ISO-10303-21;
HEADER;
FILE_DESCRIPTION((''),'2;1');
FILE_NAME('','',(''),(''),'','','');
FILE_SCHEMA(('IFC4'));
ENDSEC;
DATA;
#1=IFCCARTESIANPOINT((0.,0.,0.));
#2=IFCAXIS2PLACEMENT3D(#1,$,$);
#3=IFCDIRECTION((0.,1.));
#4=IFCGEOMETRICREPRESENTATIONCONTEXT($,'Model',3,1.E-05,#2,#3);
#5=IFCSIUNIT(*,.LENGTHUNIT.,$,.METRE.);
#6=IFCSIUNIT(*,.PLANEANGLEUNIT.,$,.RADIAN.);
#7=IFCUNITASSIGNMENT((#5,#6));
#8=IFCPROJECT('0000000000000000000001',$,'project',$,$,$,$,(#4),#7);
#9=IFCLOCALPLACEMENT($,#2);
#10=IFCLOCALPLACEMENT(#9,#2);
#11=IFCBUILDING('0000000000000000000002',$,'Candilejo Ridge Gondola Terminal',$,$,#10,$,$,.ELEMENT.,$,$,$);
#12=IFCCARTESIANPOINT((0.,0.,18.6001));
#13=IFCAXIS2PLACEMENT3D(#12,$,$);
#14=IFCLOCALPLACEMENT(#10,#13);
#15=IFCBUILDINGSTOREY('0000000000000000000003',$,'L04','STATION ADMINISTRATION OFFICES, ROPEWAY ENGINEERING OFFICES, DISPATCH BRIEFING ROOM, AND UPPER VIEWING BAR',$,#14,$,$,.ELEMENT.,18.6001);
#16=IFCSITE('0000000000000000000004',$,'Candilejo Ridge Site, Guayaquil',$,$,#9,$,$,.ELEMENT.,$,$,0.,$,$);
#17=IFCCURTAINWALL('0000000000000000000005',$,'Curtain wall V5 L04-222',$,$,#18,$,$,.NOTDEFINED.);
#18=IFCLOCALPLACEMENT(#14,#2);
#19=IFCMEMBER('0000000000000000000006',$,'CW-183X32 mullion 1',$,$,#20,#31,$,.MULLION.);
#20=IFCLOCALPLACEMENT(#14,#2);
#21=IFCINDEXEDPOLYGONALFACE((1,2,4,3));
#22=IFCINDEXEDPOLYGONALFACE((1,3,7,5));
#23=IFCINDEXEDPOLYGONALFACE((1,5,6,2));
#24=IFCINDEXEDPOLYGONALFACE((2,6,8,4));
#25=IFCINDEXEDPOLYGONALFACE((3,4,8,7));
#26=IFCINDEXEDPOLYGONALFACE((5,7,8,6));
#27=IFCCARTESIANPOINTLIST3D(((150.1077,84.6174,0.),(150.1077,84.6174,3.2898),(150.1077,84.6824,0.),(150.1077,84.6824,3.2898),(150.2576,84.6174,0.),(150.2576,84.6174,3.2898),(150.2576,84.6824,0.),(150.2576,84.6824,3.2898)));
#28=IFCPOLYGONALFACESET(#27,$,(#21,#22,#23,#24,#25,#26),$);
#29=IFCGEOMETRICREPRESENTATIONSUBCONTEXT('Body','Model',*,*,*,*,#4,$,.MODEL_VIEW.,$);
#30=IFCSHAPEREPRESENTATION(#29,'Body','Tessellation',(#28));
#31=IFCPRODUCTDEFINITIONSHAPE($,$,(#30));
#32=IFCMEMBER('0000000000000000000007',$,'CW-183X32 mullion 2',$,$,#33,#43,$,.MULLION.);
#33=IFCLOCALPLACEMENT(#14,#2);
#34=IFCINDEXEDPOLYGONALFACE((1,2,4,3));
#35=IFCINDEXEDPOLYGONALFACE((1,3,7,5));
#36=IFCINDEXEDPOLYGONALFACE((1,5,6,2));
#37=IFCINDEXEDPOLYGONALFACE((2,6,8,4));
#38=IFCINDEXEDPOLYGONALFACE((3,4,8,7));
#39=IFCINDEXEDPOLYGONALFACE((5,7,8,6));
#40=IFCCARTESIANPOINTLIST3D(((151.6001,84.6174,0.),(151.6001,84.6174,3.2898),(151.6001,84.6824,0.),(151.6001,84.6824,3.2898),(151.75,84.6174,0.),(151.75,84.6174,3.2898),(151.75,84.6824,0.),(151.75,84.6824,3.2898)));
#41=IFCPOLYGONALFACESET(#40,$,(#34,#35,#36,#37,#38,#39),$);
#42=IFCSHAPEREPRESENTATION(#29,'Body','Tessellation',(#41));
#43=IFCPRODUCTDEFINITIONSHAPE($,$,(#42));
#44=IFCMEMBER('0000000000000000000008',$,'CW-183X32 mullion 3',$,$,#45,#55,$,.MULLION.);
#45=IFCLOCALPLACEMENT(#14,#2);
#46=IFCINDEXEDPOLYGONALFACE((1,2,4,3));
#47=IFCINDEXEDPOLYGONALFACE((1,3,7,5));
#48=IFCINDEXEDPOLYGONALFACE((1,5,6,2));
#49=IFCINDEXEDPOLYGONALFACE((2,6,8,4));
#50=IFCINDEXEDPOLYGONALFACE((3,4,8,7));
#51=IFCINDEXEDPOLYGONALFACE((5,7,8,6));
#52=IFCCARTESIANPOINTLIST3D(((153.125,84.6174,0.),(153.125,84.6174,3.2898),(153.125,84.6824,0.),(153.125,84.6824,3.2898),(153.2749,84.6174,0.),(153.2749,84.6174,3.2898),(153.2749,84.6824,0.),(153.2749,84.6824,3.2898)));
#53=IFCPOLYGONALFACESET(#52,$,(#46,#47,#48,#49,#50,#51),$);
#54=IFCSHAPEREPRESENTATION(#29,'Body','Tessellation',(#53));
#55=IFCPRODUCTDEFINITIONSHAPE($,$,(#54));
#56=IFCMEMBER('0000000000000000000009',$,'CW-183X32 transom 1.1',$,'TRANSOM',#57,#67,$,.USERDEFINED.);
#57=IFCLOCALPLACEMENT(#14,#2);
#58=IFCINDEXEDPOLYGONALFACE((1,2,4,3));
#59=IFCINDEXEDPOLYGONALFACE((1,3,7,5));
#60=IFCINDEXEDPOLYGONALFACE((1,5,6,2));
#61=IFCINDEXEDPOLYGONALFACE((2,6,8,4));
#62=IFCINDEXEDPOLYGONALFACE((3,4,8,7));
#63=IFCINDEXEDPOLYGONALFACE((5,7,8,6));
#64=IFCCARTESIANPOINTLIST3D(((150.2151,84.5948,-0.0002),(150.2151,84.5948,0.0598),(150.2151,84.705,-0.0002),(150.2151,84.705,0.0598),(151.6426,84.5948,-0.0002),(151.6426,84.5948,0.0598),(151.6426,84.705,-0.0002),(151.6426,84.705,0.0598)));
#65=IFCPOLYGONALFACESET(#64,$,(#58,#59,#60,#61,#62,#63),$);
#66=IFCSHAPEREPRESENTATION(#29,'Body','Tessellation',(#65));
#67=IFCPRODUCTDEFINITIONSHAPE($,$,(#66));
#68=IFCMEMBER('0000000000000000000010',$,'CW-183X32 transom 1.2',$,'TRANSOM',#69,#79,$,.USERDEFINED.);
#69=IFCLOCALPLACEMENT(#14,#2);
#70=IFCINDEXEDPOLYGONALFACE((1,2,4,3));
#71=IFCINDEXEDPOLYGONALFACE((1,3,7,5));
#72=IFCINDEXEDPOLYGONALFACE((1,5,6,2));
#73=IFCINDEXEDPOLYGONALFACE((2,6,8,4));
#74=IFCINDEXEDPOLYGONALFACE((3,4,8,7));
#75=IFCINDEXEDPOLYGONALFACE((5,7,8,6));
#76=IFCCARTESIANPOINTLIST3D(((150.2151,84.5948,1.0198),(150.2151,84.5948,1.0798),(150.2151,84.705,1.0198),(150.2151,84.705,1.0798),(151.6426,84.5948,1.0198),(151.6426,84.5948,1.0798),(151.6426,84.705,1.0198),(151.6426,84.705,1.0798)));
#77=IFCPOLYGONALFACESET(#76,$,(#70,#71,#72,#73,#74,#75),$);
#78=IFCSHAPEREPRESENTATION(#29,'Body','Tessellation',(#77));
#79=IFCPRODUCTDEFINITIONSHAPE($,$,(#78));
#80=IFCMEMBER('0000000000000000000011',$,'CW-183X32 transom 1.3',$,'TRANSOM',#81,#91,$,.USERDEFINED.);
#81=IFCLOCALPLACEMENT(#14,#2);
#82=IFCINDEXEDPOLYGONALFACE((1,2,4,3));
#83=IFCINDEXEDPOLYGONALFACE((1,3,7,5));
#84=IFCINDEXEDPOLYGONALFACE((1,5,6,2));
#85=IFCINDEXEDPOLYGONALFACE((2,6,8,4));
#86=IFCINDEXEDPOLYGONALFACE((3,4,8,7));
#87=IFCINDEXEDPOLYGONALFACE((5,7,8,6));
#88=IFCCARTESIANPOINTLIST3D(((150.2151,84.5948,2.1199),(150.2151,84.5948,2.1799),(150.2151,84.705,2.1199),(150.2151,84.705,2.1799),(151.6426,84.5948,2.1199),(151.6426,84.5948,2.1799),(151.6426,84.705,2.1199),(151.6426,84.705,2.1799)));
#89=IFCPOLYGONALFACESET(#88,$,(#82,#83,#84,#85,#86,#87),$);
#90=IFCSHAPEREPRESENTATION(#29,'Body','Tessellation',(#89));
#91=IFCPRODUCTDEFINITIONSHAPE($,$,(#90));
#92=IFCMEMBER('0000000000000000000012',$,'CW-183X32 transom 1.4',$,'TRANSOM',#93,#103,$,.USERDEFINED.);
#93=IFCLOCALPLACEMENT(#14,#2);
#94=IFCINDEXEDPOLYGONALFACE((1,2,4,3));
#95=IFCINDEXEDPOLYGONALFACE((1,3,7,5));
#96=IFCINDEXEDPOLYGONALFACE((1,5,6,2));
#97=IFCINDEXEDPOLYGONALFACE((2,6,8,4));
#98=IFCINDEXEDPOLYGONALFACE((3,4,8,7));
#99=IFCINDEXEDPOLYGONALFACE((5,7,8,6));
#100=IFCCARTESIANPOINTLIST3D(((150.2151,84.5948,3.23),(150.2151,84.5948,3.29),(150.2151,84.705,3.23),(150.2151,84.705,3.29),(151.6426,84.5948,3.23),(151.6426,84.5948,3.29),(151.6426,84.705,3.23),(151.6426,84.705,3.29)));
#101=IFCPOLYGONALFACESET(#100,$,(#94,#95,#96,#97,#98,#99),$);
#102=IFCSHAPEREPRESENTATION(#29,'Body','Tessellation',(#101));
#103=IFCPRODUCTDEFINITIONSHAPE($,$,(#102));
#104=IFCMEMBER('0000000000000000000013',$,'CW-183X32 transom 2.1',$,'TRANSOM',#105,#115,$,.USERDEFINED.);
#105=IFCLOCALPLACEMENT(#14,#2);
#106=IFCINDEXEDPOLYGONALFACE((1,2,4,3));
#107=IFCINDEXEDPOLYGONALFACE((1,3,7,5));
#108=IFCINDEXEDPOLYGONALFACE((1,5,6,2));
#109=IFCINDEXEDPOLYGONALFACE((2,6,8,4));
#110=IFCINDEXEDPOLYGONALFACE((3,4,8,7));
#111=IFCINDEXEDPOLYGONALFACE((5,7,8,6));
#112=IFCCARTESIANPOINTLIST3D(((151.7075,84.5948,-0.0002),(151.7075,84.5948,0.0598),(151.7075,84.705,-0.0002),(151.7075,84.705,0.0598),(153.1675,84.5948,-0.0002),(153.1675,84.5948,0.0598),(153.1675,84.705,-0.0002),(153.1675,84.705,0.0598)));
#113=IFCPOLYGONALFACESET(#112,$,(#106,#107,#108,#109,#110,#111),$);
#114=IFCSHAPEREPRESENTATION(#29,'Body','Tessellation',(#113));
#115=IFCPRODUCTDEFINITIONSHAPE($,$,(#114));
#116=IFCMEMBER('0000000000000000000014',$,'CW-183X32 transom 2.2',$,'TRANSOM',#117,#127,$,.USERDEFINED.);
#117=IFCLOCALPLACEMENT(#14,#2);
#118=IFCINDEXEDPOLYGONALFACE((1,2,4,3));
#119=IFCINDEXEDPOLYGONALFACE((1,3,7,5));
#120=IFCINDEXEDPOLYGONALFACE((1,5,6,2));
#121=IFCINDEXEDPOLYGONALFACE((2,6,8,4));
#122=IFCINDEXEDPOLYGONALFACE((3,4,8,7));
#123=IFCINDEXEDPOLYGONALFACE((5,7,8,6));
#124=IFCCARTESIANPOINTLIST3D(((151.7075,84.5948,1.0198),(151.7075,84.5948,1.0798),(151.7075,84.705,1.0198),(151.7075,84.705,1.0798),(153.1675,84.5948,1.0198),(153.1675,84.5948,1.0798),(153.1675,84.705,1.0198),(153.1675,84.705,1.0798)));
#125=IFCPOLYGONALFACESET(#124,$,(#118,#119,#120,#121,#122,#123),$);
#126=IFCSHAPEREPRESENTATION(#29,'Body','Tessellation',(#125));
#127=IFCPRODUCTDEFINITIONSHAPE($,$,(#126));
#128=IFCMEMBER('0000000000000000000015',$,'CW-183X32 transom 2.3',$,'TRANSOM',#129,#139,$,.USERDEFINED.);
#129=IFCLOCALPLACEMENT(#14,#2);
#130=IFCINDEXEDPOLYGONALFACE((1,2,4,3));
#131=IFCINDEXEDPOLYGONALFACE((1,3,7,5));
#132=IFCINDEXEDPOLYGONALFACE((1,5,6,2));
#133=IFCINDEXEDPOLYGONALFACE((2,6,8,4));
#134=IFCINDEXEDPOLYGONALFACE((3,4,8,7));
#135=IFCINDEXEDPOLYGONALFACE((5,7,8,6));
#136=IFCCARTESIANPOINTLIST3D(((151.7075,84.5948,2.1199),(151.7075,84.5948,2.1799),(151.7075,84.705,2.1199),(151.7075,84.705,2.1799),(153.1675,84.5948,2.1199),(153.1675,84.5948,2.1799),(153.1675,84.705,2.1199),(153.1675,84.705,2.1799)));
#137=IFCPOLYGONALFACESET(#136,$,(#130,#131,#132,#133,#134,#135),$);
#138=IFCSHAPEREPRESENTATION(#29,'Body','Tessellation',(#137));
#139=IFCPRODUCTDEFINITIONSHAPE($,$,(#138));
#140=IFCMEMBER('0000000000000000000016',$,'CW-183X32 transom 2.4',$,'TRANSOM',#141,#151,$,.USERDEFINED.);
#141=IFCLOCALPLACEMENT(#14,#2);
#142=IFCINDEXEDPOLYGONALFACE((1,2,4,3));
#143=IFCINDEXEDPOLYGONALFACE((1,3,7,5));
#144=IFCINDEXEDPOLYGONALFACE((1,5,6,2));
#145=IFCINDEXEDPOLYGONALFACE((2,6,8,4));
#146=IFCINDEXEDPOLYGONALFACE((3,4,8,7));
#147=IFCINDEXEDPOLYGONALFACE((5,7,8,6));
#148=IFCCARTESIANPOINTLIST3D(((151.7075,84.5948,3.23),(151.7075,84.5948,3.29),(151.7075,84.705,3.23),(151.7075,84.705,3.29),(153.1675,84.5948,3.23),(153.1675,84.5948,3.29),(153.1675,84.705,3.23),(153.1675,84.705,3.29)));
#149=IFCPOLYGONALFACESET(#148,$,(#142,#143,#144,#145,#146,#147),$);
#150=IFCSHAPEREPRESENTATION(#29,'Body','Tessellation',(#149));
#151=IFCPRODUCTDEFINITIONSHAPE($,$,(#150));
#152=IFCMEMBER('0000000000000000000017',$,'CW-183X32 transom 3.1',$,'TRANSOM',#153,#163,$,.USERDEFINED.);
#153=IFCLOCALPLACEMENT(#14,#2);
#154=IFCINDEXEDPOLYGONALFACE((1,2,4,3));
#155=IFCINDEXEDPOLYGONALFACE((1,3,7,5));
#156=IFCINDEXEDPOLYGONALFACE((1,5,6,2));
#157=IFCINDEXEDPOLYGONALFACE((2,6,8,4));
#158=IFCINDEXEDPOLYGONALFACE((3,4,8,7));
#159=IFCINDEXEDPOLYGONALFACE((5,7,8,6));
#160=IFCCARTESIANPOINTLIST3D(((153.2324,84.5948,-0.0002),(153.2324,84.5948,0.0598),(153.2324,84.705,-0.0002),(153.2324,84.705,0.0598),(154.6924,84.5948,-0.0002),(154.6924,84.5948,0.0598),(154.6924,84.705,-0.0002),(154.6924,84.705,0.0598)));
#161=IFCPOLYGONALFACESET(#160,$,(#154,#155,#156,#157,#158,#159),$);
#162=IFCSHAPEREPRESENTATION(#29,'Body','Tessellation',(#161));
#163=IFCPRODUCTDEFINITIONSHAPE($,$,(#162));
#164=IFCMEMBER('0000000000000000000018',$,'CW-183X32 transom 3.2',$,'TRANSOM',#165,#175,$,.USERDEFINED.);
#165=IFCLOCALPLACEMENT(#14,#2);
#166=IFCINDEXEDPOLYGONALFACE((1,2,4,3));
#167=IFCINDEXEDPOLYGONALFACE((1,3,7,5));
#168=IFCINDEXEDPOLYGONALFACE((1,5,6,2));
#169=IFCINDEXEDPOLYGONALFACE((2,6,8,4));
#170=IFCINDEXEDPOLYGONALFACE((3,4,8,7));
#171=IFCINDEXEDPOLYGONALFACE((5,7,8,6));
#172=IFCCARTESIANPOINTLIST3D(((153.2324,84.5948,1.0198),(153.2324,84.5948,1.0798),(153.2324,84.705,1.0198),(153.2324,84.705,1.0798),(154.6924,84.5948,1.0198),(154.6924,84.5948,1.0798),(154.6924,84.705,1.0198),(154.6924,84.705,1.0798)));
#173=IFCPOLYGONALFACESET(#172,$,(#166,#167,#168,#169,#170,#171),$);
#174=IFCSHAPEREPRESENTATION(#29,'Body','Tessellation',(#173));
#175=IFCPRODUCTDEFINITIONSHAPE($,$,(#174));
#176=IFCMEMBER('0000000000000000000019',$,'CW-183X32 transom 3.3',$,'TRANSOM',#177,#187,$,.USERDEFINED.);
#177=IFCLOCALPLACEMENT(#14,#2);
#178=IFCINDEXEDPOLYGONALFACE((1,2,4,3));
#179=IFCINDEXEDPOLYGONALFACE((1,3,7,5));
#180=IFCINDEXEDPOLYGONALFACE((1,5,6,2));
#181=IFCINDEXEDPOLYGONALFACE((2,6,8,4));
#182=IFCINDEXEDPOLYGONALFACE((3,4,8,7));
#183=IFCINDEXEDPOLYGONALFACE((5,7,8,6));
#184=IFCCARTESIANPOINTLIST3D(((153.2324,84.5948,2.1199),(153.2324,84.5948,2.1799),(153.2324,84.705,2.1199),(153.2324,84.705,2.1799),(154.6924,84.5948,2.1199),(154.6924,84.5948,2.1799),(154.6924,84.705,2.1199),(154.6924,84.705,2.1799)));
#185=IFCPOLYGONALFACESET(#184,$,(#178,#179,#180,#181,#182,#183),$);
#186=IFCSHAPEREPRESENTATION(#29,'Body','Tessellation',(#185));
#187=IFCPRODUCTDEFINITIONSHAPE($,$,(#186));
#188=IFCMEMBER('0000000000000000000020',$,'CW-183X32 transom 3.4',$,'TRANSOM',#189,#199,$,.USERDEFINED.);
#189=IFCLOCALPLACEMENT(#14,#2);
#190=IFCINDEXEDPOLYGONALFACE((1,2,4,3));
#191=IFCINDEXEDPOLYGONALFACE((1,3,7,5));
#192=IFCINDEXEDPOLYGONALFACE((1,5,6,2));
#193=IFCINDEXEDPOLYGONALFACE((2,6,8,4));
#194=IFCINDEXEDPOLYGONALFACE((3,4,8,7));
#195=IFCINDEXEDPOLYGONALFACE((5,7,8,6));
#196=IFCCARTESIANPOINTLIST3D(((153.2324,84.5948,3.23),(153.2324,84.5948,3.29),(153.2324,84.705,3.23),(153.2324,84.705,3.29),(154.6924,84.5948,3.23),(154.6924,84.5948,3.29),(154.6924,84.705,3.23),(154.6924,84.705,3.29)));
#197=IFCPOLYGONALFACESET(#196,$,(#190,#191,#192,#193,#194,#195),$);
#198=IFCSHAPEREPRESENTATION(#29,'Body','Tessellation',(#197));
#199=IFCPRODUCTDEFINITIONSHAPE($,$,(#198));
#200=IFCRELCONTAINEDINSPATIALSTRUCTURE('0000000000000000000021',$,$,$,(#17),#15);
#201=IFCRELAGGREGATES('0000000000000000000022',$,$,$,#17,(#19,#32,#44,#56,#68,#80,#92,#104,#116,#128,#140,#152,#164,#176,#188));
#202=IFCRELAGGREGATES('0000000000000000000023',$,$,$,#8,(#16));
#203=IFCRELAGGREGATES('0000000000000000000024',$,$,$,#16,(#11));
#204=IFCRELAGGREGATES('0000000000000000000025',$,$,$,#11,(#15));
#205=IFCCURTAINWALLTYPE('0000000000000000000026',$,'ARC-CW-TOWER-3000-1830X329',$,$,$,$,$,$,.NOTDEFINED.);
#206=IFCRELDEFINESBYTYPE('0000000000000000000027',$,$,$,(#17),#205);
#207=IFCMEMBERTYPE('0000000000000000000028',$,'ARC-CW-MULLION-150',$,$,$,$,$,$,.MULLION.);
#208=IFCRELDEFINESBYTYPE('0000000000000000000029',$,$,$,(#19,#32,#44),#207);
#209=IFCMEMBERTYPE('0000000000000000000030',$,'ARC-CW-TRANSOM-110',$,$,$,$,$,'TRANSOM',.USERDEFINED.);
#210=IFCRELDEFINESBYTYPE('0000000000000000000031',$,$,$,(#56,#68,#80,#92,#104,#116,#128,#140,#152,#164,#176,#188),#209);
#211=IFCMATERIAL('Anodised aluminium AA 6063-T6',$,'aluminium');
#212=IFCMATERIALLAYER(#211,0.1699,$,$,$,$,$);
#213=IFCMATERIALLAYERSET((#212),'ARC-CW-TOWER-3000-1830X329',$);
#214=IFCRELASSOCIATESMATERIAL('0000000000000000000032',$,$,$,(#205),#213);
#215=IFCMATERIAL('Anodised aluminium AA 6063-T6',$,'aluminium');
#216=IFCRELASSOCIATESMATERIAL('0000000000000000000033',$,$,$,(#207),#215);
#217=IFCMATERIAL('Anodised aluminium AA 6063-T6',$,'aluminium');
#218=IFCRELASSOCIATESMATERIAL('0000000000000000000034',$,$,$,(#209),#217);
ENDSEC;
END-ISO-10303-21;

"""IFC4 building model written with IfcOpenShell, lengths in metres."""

from ifc_helpers import new_model, si_unit, direction, frame, origin, origin_2d, place, context, subcontext, project, spatial, rectangle, extrude, material, layer, layer_set, material_profile, profile_set, type_object, element, aggregate, save


model = new_model("IFC4")

# Units and contexts
model_context = context("Model", 3, precision=1e-05, world=origin(), true_north=direction((0.0, 1.0)))
body_context = subcontext(model_context, "Body", "Model", "MODEL_VIEW")
ifc_project = project(units=[si_unit("LENGTHUNIT", "METRE"), si_unit("PLANEANGLEUNIT", "RADIAN")], contexts=[model_context])

# Site, building, storey
site_placement = place(None, origin())
site = spatial("IfcSite", under=ifc_project, at=site_placement, Name="Candilejo Ridge Site, Guayaquil", CompositionType="ELEMENT", RefElevation=0.0)
building_placement = place(site_placement, origin())
building = spatial("IfcBuilding", under=site, at=building_placement, Name="Candilejo Ridge Gondola Terminal", CompositionType="ELEMENT")
storey_placement = place(building_placement, frame((0.0, 0.0, 18.6001)))
storey = spatial("IfcBuildingStorey", under=building, at=storey_placement, Name="L04", Description="STATION ADMINISTRATION OFFICES, ROPEWAY ENGINEERING OFFICES, DISPATCH BRIEFING ROOM, AND UPPER VIEWING BAR", CompositionType="ELEMENT", Elevation=18.6001)

# Curtain wall, members
ifc_material_1 = material(Name="Anodised aluminium AA 6063-T6", Category="aluminium")
ifc_layer_1 = layer(ifc_material_1, 0.1699)
ifc_layer_set_1 = layer_set([ifc_layer_1], Name="ARC-CW-TOWER-3000-1830X329")
curtain_wall_type = type_object("IfcCurtainWallType", Name="ARC-CW-TOWER-3000-1830X329", PredefinedType="NOTDEFINED", material=ifc_layer_set_1)
curtain_wall_placement = place(storey_placement, origin())
curtain_wall = element("IfcCurtainWall", 1, at=curtain_wall_placement, inside=storey, type_object=curtain_wall_type, Name="Curtain wall V5 L04-222", PredefinedType="NOTDEFINED")
ifc_material_2 = material(Name="Anodised aluminium AA 6063-T6", Category="aluminium")
ifc_material_profile_1 = material_profile(ifc_material_2, rectangle(XDim=0.0649, YDim=0.1499, at=origin_2d()))
ifc_profile_set_1 = profile_set([ifc_material_profile_1], Name="Anodised aluminium AA 6063-T6")
member_type_1 = type_object("IfcMemberType", Name="ARC-CW-MULLION-150", PredefinedType="MULLION", material=ifc_profile_set_1)
member_1_placement = place(storey_placement, frame((150.1826, 84.6499, 0.0), z_axis=(0.0, 0.0, 1.0), x_axis=(0.0, 1.0, 0.0)))
member_1 = element("IfcMember", 2, at=member_1_placement, type_object=member_type_1, Name="CW-183X32 mullion 1", PredefinedType="MULLION", context=body_context, shape_type="SweptSolid", body=[
    extrude(rectangle(XDim=0.0649, YDim=0.1499, at=origin_2d()), origin(), (0.0, 0.0, 1.0), 3.2898),
])
member_2_placement = place(storey_placement, frame((151.675, 84.6499, 0.0), z_axis=(0.0, 0.0, 1.0), x_axis=(0.0, 1.0, 0.0)))
member_2 = element("IfcMember", 3, at=member_2_placement, type_object=member_type_1, Name="CW-183X32 mullion 2", PredefinedType="MULLION", context=body_context, shape_type="SweptSolid", body=[
    extrude(rectangle(XDim=0.0649, YDim=0.1499, at=origin_2d()), origin(), (0.0, 0.0, 1.0), 3.2898),
])
member_3_placement = place(storey_placement, frame((153.2, 84.6499, 0.0), z_axis=(0.0, 0.0, 1.0), x_axis=(0.0, 1.0, 0.0)))
member_3 = element("IfcMember", 4, at=member_3_placement, type_object=member_type_1, Name="CW-183X32 mullion 3", PredefinedType="MULLION", context=body_context, shape_type="SweptSolid", body=[
    extrude(rectangle(XDim=0.0649, YDim=0.1499, at=origin_2d()), origin(), (0.0, 0.0, 1.0), 3.2898),
])
ifc_material_3 = material(Name="Anodised aluminium AA 6063-T6", Category="aluminium")
ifc_material_profile_2 = material_profile(ifc_material_3, rectangle(XDim=0.1101, YDim=0.0601, at=origin_2d()))
ifc_profile_set_2 = profile_set([ifc_material_profile_2], Name="Anodised aluminium AA 6063-T6")
member_type_2 = type_object("IfcMemberType", Name="ARC-CW-TRANSOM-110", ElementType="TRANSOM", PredefinedType="USERDEFINED", material=ifc_profile_set_2)
member_4_placement = place(storey_placement, frame((150.2151, 84.6499, 0.0298), z_axis=(1.0, 0.0, 0.0), x_axis=(0.0, 1.0, 0.0)))
member_4 = element("IfcMember", 5, at=member_4_placement, type_object=member_type_2, Name="CW-183X32 transom 1.1", ObjectType="TRANSOM", PredefinedType="USERDEFINED", context=body_context, shape_type="SweptSolid", body=[
    extrude(rectangle(XDim=0.1101, YDim=0.0601, at=origin_2d()), origin(), (0.0, 0.0, 1.0), 1.4275),
])
member_5_placement = place(storey_placement, frame((150.2151, 84.6499, 1.0498), z_axis=(1.0, 0.0, 0.0), x_axis=(0.0, 1.0, 0.0)))
member_5 = element("IfcMember", 6, at=member_5_placement, type_object=member_type_2, Name="CW-183X32 transom 1.2", ObjectType="TRANSOM", PredefinedType="USERDEFINED", context=body_context, shape_type="SweptSolid", body=[
    extrude(rectangle(XDim=0.1101, YDim=0.0601, at=origin_2d()), origin(), (0.0, 0.0, 1.0), 1.4275),
])
member_6_placement = place(storey_placement, frame((150.2151, 84.6499, 2.1499), z_axis=(1.0, 0.0, 0.0), x_axis=(0.0, 1.0, 0.0)))
member_6 = element("IfcMember", 7, at=member_6_placement, type_object=member_type_2, Name="CW-183X32 transom 1.3", ObjectType="TRANSOM", PredefinedType="USERDEFINED", context=body_context, shape_type="SweptSolid", body=[
    extrude(rectangle(XDim=0.1101, YDim=0.0601, at=origin_2d()), origin(), (0.0, 0.0, 1.0), 1.4275),
])
member_7_placement = place(storey_placement, frame((150.2151, 84.6499, 3.26), z_axis=(1.0, 0.0, 0.0), x_axis=(0.0, 1.0, 0.0)))
member_7 = element("IfcMember", 8, at=member_7_placement, type_object=member_type_2, Name="CW-183X32 transom 1.4", ObjectType="TRANSOM", PredefinedType="USERDEFINED", context=body_context, shape_type="SweptSolid", body=[
    extrude(rectangle(XDim=0.1101, YDim=0.0601, at=origin_2d()), origin(), (0.0, 0.0, 1.0), 1.4275),
])
member_8_placement = place(storey_placement, frame((151.7075, 84.6499, 0.0298), z_axis=(1.0, 0.0, 0.0), x_axis=(0.0, 1.0, 0.0)))
member_8 = element("IfcMember", 9, at=member_8_placement, type_object=member_type_2, Name="CW-183X32 transom 2.1", ObjectType="TRANSOM", PredefinedType="USERDEFINED", context=body_context, shape_type="SweptSolid", body=[
    extrude(rectangle(XDim=0.1101, YDim=0.0601, at=origin_2d()), origin(), (0.0, 0.0, 1.0), 1.46),
])
member_9_placement = place(storey_placement, frame((151.7075, 84.6499, 1.0498), z_axis=(1.0, 0.0, 0.0), x_axis=(0.0, 1.0, 0.0)))
member_9 = element("IfcMember", 10, at=member_9_placement, type_object=member_type_2, Name="CW-183X32 transom 2.2", ObjectType="TRANSOM", PredefinedType="USERDEFINED", context=body_context, shape_type="SweptSolid", body=[
    extrude(rectangle(XDim=0.1101, YDim=0.0601, at=origin_2d()), origin(), (0.0, 0.0, 1.0), 1.46),
])
member_10_placement = place(storey_placement, frame((151.7075, 84.6499, 2.1499), z_axis=(1.0, 0.0, 0.0), x_axis=(0.0, 1.0, 0.0)))
member_10 = element("IfcMember", 11, at=member_10_placement, type_object=member_type_2, Name="CW-183X32 transom 2.3", ObjectType="TRANSOM", PredefinedType="USERDEFINED", context=body_context, shape_type="SweptSolid", body=[
    extrude(rectangle(XDim=0.1101, YDim=0.0601, at=origin_2d()), origin(), (0.0, 0.0, 1.0), 1.46),
])
member_11_placement = place(storey_placement, frame((151.7075, 84.6499, 3.26), z_axis=(1.0, 0.0, 0.0), x_axis=(0.0, 1.0, 0.0)))
member_11 = element("IfcMember", 12, at=member_11_placement, type_object=member_type_2, Name="CW-183X32 transom 2.4", ObjectType="TRANSOM", PredefinedType="USERDEFINED", context=body_context, shape_type="SweptSolid", body=[
    extrude(rectangle(XDim=0.1101, YDim=0.0601, at=origin_2d()), origin(), (0.0, 0.0, 1.0), 1.46),
])
member_12_placement = place(storey_placement, frame((153.2324, 84.6499, 0.0298), z_axis=(1.0, 0.0, 0.0), x_axis=(0.0, 1.0, 0.0)))
member_12 = element("IfcMember", 13, at=member_12_placement, type_object=member_type_2, Name="CW-183X32 transom 3.1", ObjectType="TRANSOM", PredefinedType="USERDEFINED", context=body_context, shape_type="SweptSolid", body=[
    extrude(rectangle(XDim=0.1101, YDim=0.0601, at=origin_2d()), origin(), (0.0, 0.0, 1.0), 1.46),
])
member_13_placement = place(storey_placement, frame((153.2324, 84.6499, 1.0498), z_axis=(1.0, 0.0, 0.0), x_axis=(0.0, 1.0, 0.0)))
member_13 = element("IfcMember", 14, at=member_13_placement, type_object=member_type_2, Name="CW-183X32 transom 3.2", ObjectType="TRANSOM", PredefinedType="USERDEFINED", context=body_context, shape_type="SweptSolid", body=[
    extrude(rectangle(XDim=0.1101, YDim=0.0601, at=origin_2d()), origin(), (0.0, 0.0, 1.0), 1.46),
])
member_14_placement = place(storey_placement, frame((153.2324, 84.6499, 2.1499), z_axis=(1.0, 0.0, 0.0), x_axis=(0.0, 1.0, 0.0)))
member_14 = element("IfcMember", 15, at=member_14_placement, type_object=member_type_2, Name="CW-183X32 transom 3.3", ObjectType="TRANSOM", PredefinedType="USERDEFINED", context=body_context, shape_type="SweptSolid", body=[
    extrude(rectangle(XDim=0.1101, YDim=0.0601, at=origin_2d()), origin(), (0.0, 0.0, 1.0), 1.46),
])
member_15_placement = place(storey_placement, frame((153.2324, 84.6499, 3.26), z_axis=(1.0, 0.0, 0.0), x_axis=(0.0, 1.0, 0.0)))
member_15 = element("IfcMember", 16, at=member_15_placement, type_object=member_type_2, Name="CW-183X32 transom 3.4", ObjectType="TRANSOM", PredefinedType="USERDEFINED", context=body_context, shape_type="SweptSolid", body=[
    extrude(rectangle(XDim=0.1101, YDim=0.0601, at=origin_2d()), origin(), (0.0, 0.0, 1.0), 1.46),
])
aggregate(curtain_wall, [member_1, member_2, member_3, member_4, member_5, member_6, member_7, member_8, member_9, member_10, member_11, member_12, member_13, member_14, member_15])

save(model, "model.ifc")
